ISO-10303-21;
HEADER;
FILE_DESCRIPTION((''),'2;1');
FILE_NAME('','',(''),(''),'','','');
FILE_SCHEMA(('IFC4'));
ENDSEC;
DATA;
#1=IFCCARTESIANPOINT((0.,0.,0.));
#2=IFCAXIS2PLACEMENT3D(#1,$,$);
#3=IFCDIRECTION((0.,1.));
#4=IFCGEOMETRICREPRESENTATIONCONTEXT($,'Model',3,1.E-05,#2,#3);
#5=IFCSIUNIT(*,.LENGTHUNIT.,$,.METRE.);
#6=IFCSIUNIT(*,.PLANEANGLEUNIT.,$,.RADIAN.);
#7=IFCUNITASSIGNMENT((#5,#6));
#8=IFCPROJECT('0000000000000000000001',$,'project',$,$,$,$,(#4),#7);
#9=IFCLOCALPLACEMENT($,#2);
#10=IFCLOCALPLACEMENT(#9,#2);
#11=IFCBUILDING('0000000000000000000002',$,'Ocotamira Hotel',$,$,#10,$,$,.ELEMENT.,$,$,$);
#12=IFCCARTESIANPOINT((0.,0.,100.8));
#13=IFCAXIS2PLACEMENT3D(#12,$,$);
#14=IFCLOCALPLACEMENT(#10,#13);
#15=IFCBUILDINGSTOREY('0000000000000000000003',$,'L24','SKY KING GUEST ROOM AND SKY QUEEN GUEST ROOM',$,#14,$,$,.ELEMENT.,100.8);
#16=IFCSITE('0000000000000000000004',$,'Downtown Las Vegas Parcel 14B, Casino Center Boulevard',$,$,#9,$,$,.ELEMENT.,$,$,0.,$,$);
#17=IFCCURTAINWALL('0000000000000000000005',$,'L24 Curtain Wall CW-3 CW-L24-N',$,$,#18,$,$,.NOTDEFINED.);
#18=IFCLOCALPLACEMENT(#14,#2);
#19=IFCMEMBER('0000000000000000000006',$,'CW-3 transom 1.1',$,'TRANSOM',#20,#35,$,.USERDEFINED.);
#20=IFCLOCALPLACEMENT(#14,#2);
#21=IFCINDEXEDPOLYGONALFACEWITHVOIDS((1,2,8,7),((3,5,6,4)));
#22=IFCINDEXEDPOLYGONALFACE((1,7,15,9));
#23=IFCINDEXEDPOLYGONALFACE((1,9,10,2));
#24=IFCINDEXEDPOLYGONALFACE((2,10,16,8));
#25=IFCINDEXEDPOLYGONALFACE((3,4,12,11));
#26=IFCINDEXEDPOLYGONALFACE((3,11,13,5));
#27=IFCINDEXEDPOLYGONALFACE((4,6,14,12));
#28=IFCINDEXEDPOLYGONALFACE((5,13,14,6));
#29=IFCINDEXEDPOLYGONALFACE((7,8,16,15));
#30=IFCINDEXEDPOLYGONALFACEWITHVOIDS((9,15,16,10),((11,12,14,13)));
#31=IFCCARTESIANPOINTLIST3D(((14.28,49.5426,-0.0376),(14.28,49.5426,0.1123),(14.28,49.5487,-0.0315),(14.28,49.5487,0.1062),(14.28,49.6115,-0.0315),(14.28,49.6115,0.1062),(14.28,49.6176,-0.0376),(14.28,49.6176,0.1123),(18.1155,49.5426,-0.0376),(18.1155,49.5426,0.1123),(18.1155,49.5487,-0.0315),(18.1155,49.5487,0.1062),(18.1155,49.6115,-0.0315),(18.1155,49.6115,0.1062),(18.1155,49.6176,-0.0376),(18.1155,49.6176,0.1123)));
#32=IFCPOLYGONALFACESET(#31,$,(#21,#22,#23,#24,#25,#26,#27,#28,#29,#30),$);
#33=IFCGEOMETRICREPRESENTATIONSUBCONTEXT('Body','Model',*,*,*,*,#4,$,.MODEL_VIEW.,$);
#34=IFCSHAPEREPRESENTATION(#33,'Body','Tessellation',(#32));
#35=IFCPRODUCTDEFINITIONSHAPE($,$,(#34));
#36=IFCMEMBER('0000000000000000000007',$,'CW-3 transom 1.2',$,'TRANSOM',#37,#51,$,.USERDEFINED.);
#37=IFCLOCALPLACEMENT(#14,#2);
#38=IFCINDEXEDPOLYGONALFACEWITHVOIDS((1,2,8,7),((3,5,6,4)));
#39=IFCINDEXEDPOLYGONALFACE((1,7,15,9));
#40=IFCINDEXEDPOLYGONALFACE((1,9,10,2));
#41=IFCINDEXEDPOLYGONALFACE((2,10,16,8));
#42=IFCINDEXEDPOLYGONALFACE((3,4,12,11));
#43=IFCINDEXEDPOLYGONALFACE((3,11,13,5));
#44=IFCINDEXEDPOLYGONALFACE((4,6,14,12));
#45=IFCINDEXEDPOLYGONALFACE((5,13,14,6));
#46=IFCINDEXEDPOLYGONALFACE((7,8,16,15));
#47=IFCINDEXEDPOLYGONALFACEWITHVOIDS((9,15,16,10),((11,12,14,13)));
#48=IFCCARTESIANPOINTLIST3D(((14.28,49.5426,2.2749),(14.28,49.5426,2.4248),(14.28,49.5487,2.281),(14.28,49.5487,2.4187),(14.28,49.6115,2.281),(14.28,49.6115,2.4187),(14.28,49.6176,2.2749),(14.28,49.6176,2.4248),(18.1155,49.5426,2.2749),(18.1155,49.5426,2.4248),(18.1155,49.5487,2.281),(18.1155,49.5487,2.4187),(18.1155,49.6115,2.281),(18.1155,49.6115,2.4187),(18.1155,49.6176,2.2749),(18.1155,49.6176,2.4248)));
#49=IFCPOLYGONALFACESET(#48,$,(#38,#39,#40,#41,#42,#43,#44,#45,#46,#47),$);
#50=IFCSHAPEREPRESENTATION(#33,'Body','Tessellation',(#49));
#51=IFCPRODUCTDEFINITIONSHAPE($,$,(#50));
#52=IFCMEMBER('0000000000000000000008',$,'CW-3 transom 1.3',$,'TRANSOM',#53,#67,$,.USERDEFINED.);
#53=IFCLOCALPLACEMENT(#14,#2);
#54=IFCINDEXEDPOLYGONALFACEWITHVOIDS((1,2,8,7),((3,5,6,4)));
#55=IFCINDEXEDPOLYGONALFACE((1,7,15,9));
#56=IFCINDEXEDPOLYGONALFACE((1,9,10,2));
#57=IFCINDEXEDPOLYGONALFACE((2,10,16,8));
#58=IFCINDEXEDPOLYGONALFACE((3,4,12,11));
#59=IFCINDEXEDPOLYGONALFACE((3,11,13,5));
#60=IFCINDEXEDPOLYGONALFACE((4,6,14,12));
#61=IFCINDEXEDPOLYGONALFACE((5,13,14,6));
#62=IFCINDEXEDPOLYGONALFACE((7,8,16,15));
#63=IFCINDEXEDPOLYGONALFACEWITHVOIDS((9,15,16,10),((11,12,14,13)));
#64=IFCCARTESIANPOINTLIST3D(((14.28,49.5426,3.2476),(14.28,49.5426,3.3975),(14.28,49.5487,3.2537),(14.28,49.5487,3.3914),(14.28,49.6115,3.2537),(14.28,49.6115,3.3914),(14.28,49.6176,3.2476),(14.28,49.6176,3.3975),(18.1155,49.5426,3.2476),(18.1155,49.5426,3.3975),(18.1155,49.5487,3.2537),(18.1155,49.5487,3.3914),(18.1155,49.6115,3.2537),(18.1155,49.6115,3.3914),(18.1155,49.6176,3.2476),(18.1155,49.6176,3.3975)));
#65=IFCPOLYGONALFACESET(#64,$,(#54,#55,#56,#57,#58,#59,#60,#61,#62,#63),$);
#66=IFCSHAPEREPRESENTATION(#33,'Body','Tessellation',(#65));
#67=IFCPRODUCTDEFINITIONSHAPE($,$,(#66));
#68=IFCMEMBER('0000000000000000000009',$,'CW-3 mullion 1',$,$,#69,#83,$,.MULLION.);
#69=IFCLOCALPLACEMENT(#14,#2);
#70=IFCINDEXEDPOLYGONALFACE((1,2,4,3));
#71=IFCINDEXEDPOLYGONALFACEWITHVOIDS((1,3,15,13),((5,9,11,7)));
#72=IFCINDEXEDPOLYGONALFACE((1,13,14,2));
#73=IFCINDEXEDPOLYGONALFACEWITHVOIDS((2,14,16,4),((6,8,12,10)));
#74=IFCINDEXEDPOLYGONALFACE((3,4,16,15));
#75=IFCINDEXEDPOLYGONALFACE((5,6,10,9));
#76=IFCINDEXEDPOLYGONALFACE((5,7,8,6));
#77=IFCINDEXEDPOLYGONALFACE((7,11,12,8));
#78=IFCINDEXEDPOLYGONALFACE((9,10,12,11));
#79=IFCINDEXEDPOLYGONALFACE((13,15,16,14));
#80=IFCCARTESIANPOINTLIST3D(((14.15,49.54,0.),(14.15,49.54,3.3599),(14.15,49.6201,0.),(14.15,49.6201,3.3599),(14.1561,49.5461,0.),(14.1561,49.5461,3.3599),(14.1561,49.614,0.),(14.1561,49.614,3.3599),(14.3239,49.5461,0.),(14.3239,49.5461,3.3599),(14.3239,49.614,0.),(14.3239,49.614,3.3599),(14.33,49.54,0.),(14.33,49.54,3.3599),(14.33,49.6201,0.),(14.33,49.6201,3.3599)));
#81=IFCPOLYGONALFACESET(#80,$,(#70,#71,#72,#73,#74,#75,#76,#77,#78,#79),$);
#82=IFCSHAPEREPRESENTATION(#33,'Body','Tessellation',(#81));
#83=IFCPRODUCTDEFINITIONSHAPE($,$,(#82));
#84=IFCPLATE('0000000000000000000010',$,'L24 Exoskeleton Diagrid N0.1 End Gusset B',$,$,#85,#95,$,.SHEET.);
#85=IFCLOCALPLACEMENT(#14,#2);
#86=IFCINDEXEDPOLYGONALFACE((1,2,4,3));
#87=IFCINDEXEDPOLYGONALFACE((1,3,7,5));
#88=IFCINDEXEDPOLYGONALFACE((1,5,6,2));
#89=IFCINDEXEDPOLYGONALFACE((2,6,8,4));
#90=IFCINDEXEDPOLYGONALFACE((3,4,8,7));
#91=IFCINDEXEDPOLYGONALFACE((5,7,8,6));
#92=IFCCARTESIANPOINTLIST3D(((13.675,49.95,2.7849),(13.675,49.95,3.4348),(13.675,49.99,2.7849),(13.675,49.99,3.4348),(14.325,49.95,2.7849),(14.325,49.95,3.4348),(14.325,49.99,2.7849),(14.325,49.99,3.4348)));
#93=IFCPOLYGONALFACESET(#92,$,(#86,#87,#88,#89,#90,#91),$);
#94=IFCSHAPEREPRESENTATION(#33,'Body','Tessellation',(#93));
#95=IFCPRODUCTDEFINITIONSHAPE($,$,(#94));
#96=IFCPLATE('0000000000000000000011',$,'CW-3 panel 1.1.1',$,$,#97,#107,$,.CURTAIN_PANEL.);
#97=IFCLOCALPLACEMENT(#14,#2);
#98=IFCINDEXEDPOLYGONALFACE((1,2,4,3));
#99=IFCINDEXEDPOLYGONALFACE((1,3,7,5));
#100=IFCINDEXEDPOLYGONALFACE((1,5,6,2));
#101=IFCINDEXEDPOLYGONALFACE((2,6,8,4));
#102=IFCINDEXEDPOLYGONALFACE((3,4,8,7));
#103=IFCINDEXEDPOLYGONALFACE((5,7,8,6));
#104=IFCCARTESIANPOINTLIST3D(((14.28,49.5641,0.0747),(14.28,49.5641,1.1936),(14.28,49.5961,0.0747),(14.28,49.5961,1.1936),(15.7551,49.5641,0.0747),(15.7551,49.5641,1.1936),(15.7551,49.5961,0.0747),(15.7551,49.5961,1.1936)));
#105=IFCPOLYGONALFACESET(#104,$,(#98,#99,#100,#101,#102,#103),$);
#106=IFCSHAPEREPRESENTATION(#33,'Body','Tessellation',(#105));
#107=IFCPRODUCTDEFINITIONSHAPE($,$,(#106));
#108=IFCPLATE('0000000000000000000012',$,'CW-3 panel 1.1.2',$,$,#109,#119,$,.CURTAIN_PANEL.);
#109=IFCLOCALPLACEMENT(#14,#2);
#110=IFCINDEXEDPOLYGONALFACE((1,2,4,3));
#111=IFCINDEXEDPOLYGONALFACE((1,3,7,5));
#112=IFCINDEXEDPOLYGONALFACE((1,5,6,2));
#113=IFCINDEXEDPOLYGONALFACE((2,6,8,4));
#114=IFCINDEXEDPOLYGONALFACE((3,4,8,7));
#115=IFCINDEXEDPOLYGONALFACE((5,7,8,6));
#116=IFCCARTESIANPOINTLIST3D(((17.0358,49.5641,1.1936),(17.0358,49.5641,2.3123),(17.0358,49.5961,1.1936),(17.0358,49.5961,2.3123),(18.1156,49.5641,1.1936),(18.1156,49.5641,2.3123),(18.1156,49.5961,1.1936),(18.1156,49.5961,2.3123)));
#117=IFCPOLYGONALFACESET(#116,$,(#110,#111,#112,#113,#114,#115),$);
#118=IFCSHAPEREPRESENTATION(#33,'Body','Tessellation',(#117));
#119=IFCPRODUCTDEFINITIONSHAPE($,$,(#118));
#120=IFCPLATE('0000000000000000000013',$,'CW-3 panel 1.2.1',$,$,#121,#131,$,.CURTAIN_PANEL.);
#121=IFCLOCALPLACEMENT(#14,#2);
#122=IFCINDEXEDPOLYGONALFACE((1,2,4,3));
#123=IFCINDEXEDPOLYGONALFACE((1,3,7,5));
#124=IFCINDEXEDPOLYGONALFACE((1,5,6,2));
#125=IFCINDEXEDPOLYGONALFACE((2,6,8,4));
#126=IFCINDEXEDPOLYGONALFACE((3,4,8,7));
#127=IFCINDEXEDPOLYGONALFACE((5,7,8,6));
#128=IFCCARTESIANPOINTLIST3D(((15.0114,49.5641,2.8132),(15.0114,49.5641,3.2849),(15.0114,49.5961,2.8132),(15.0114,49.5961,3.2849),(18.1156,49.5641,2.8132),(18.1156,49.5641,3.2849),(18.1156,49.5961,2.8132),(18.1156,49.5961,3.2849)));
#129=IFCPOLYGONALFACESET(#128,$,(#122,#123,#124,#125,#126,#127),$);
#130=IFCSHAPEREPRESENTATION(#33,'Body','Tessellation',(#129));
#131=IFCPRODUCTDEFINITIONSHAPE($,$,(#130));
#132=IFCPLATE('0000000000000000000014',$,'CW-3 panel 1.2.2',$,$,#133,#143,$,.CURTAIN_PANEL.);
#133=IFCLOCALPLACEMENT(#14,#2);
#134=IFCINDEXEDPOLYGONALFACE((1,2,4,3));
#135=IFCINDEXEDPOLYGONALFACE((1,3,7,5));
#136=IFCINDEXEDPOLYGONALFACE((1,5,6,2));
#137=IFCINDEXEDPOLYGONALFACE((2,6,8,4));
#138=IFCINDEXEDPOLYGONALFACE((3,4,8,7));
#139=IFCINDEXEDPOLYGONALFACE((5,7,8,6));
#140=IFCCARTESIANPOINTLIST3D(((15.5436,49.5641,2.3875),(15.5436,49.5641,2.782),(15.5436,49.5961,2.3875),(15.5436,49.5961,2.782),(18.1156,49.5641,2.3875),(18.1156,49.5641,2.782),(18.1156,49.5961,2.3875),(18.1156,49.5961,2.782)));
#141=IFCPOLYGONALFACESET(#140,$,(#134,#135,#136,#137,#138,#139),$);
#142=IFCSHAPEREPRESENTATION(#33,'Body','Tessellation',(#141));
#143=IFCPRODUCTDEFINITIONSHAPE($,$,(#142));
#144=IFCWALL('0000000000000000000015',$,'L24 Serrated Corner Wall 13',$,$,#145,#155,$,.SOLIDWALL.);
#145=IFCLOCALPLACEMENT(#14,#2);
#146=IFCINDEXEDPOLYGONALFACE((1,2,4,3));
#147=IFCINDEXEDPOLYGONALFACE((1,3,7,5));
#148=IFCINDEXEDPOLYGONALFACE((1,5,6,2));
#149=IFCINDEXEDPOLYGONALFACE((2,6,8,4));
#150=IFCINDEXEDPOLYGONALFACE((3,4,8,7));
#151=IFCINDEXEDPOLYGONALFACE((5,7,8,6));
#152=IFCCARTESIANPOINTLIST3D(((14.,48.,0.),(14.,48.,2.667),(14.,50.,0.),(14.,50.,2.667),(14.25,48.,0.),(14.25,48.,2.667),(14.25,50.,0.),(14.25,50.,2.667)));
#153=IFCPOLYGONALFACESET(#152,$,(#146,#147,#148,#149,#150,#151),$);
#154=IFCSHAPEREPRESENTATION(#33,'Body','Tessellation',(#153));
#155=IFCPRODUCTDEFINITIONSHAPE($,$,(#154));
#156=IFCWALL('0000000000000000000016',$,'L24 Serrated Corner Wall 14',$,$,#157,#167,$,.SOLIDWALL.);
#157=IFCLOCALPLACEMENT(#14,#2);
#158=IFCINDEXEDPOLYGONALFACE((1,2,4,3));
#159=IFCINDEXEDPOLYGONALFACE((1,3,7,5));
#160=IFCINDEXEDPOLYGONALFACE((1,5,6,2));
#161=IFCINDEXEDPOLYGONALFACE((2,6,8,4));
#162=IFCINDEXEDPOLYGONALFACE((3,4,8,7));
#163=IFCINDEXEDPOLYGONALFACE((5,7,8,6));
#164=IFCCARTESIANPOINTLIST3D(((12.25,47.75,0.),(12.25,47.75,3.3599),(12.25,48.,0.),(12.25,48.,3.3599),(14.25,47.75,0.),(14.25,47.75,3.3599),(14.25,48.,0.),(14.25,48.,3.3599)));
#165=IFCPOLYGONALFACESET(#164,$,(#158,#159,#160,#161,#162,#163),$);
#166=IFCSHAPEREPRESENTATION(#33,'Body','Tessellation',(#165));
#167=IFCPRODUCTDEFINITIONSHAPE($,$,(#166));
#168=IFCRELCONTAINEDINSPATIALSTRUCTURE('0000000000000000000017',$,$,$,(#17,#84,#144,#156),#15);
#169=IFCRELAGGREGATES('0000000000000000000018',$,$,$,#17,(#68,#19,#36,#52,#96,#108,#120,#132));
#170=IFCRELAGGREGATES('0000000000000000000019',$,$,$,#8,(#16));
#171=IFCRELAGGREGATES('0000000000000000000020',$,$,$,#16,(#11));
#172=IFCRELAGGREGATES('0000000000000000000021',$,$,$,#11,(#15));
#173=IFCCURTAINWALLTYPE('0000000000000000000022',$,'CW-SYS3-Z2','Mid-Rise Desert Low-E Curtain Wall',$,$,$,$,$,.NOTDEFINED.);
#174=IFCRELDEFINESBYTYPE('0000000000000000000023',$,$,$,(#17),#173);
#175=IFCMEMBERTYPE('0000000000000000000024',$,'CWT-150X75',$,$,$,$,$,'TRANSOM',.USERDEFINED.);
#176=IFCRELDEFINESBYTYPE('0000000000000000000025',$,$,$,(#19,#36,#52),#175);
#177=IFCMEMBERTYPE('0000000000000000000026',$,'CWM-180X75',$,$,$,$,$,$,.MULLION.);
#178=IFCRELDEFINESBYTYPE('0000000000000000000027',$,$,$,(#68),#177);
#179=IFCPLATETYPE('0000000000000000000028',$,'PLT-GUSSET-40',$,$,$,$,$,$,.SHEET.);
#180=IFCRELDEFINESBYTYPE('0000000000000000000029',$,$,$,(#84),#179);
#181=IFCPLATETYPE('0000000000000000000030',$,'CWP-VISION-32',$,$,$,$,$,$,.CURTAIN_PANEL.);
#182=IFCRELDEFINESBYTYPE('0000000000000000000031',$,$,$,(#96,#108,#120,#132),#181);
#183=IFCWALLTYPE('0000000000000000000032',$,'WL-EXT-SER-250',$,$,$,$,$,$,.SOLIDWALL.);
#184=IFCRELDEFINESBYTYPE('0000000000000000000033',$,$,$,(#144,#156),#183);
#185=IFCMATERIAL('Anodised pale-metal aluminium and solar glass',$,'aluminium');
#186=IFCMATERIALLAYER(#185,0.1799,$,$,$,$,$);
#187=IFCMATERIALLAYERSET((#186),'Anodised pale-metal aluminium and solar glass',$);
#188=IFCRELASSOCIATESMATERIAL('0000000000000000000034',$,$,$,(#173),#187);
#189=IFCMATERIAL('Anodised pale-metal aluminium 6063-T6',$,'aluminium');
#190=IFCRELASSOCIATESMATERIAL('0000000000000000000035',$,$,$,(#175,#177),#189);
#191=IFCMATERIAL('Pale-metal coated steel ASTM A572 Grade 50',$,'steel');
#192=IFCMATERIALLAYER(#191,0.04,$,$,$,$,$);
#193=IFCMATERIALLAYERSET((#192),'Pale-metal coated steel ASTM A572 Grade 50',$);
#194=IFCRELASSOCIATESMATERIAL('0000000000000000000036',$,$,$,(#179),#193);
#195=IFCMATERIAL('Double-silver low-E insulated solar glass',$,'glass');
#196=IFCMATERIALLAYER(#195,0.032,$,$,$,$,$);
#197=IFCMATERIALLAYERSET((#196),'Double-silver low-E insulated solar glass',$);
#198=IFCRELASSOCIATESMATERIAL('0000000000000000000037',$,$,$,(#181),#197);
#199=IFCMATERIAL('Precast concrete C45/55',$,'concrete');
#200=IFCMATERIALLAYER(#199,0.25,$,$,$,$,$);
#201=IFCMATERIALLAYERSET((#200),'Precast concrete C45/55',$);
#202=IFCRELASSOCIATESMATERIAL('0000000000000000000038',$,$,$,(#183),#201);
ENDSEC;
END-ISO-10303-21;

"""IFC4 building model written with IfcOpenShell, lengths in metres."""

from ifc_helpers import new_model, si_unit, direction, frame, frame_2d, origin, origin_2d, place, context, subcontext, project, spatial, rectangle, hollow_rectangle, extrude, source, transform, mapped, material, layer, layer_set, material_profile, profile_set, type_object, element, aggregate, save


model = new_model("IFC4")

# Units and contexts
model_context = context("Model", 3, precision=1e-05, world=origin(), true_north=direction((0.0, 1.0)))
body_context = subcontext(model_context, "Body", "Model", "MODEL_VIEW")
ifc_project = project(units=[si_unit("LENGTHUNIT", "METRE"), si_unit("PLANEANGLEUNIT", "RADIAN")], contexts=[model_context])

# Site, building, storey
site_placement = place(None, origin())
site = spatial("IfcSite", under=ifc_project, at=site_placement, Name="Downtown Las Vegas Parcel 14B, Casino Center Boulevard", CompositionType="ELEMENT", RefElevation=0.0)
building_placement = place(site_placement, origin())
building = spatial("IfcBuilding", under=site, at=building_placement, Name="Ocotamira Hotel", CompositionType="ELEMENT")
storey_placement = place(building_placement, frame((0.0, 0.0, 100.8)))
storey = spatial("IfcBuildingStorey", under=building, at=storey_placement, Name="L24", Description="SKY KING GUEST ROOM AND SKY QUEEN GUEST ROOM", CompositionType="ELEMENT", Elevation=100.8)

# Curtain wall, members
ifc_material_1 = material(Name="Anodised pale-metal aluminium and solar glass", Category="aluminium")
ifc_layer_1 = layer(ifc_material_1, 0.1799)
ifc_layer_set_1 = layer_set([ifc_layer_1], Name="Anodised pale-metal aluminium and solar glass")
curtain_wall_type = type_object("IfcCurtainWallType", Name="CW-SYS3-Z2", Description="Mid-Rise Desert Low-E Curtain Wall", PredefinedType="NOTDEFINED", material=ifc_layer_set_1)
curtain_wall_placement = place(storey_placement, origin())
curtain_wall = element("IfcCurtainWall", 1, at=curtain_wall_placement, inside=storey, type_object=curtain_wall_type, Name="L24 Curtain Wall CW-3 CW-L24-N", PredefinedType="NOTDEFINED")
ifc_material_2 = material(Name="Anodised pale-metal aluminium 6063-T6", Category="aluminium")
ifc_material_profile_1 = material_profile(ifc_material_2, hollow_rectangle(XDim=0.075, YDim=0.1499, WallThickness=0.0061, at=origin_2d()), Name="HSS150X75X6")
ifc_profile_set_1 = profile_set([ifc_material_profile_1], Name="Anodised pale-metal aluminium 6063-T6")
member_type_1 = type_object("IfcMemberType", Name="CWT-150X75", ElementType="TRANSOM", PredefinedType="USERDEFINED", material=ifc_profile_set_1)
shared_shape_1 = source(origin(), body_context, "Body", "SweptSolid", [
    extrude(hollow_rectangle(XDim=0.075, YDim=0.1499, WallThickness=0.0061, at=origin_2d()), origin(), (0.0, 0.0, 1.0), 3.8354),
])
member_1_placement = place(storey_placement, frame((14.28, 49.5801, 0.0374), z_axis=(1.0, 0.0, 0.0), x_axis=(0.0, 1.0, 0.0)))
member_1 = element("IfcMember", 2, at=member_1_placement, type_object=member_type_1, Name="CW-3 transom 1.1", ObjectType="TRANSOM", PredefinedType="USERDEFINED", context=body_context, shape_type="MappedRepresentation", body=[
    mapped(shared_shape_1, transform((0.0, 0.0, 0.0), scale=1.0)),
])
member_2_placement = place(storey_placement, frame((14.28, 49.5801, 2.3499), z_axis=(1.0, 0.0, 0.0), x_axis=(0.0, 1.0, 0.0)))
member_2 = element("IfcMember", 3, at=member_2_placement, type_object=member_type_1, Name="CW-3 transom 1.2", ObjectType="TRANSOM", PredefinedType="USERDEFINED", context=body_context, shape_type="MappedRepresentation", body=[
    mapped(shared_shape_1, transform((0.0, 0.0, 0.0), scale=1.0)),
])
member_3_placement = place(storey_placement, frame((14.28, 49.5801, 3.3225), z_axis=(1.0, 0.0, 0.0), x_axis=(0.0, 1.0, 0.0)))
member_3 = element("IfcMember", 4, at=member_3_placement, type_object=member_type_1, Name="CW-3 transom 1.3", ObjectType="TRANSOM", PredefinedType="USERDEFINED", context=body_context, shape_type="MappedRepresentation", body=[
    mapped(shared_shape_1, transform((0.0, 0.0, 0.0), scale=1.0)),
])
ifc_material_profile_2 = material_profile(ifc_material_2, hollow_rectangle(XDim=0.0801, YDim=0.1799, WallThickness=0.0061, at=origin_2d()), Name="HSS180X80X6")
ifc_profile_set_2 = profile_set([ifc_material_profile_2], Name="Anodised pale-metal aluminium 6063-T6")
member_type_2 = type_object("IfcMemberType", Name="CWM-180X75", PredefinedType="MULLION", material=ifc_profile_set_2)
shared_shape_2 = source(origin(), body_context, "Body", "SweptSolid", [
    extrude(hollow_rectangle(XDim=0.0801, YDim=0.1799, WallThickness=0.0061, at=origin_2d()), origin(), (0.0, 0.0, 1.0), 3.3599),
])
member_4_placement = place(storey_placement, frame((14.24, 49.5801, 0.0), z_axis=(0.0, 0.0, 1.0), x_axis=(0.0, 1.0, 0.0)))
member_4 = element("IfcMember", 5, at=member_4_placement, type_object=member_type_2, Name="CW-3 mullion 1", PredefinedType="MULLION", context=body_context, shape_type="MappedRepresentation", body=[
    mapped(shared_shape_2, transform((0.0, 0.0, 0.0), scale=1.0)),
])

# Plates
ifc_material_3 = material(Name="Pale-metal coated steel ASTM A572 Grade 50", Category="steel")
ifc_layer_2 = layer(ifc_material_3, 0.04)
ifc_layer_set_2 = layer_set([ifc_layer_2], Name="Pale-metal coated steel ASTM A572 Grade 50")
plate_type_1 = type_object("IfcPlateType", Name="PLT-GUSSET-40", PredefinedType="SHEET", material=ifc_layer_set_2)
shared_shape_3 = source(origin(), body_context, "Body", "SweptSolid", [
    extrude(rectangle(XDim=0.6499, YDim=0.04, at=origin_2d()), origin(), (0.0, 0.0, 1.0), 0.6499),
])
plate_1_placement = place(storey_placement, frame((14.0, 49.97, 2.7849), z_axis=(0.0, 0.0, 1.0), x_axis=(-1.0, 0.0, 0.0)))
element("IfcPlate", 6, at=plate_1_placement, inside=storey, type_object=plate_type_1, Name="L24 Exoskeleton Diagrid N0.1 End Gusset B", PredefinedType="SHEET", context=body_context, shape_type="MappedRepresentation", body=[
    mapped(shared_shape_3, transform((0.0, 0.0, 0.0), scale=1.0)),
])
ifc_material_4 = material(Name="Double-silver low-E insulated solar glass", Category="glass")
ifc_layer_3 = layer(ifc_material_4, 0.032)
ifc_layer_set_3 = layer_set([ifc_layer_3], Name="Double-silver low-E insulated solar glass")
plate_type_2 = type_object("IfcPlateType", Name="CWP-VISION-32", PredefinedType="CURTAIN_PANEL", material=ifc_layer_set_3)
shared_shape_4 = source(origin(), body_context, "Body", "SweptSolid", [
    extrude(rectangle(XDim=1.4751, YDim=0.032, at=origin_2d()), origin(), (0.0, 0.0, 1.0), 1.1189),
])
plate_2_placement = place(storey_placement, frame((15.0176, 49.5801, 0.0747), z_axis=(0.0, 0.0, 1.0), x_axis=(1.0, 0.0, 0.0)))
plate_2 = element("IfcPlate", 7, at=plate_2_placement, type_object=plate_type_2, Name="CW-3 panel 1.1.1", PredefinedType="CURTAIN_PANEL", context=body_context, shape_type="MappedRepresentation", body=[
    mapped(shared_shape_4, transform((0.0, 0.0, 0.0), scale=1.0)),
])
shared_shape_5 = source(origin(), body_context, "Body", "SweptSolid", [
    extrude(rectangle(XDim=1.0798, YDim=0.032, at=origin_2d()), origin(), (0.0, 0.0, 1.0), 1.1187),
])
plate_3_placement = place(storey_placement, frame((17.5757, 49.5801, 1.1936), z_axis=(0.0, 0.0, 1.0), x_axis=(1.0, 0.0, 0.0)))
plate_3 = element("IfcPlate", 8, at=plate_3_placement, type_object=plate_type_2, Name="CW-3 panel 1.1.2", PredefinedType="CURTAIN_PANEL", context=body_context, shape_type="MappedRepresentation", body=[
    mapped(shared_shape_5, transform((0.0, 0.0, 0.0), scale=1.0)),
])
shared_shape_6 = source(origin(), body_context, "Body", "SweptSolid", [
    extrude(rectangle(XDim=3.1042, YDim=0.032, at=origin_2d()), origin(), (0.0, 0.0, 1.0), 0.4717),
])
plate_4_placement = place(storey_placement, frame((16.5635, 49.5801, 2.8132), z_axis=(0.0, 0.0, 1.0), x_axis=(1.0, 0.0, 0.0)))
plate_4 = element("IfcPlate", 9, at=plate_4_placement, type_object=plate_type_2, Name="CW-3 panel 1.2.1", PredefinedType="CURTAIN_PANEL", context=body_context, shape_type="MappedRepresentation", body=[
    mapped(shared_shape_6, transform((0.0, 0.0, 0.0), scale=1.0)),
])
shared_shape_7 = source(origin(), body_context, "Body", "SweptSolid", [
    extrude(rectangle(XDim=2.572, YDim=0.032, at=origin_2d()), origin(), (0.0, 0.0, 1.0), 0.3945),
])
plate_5_placement = place(storey_placement, frame((16.8296, 49.5801, 2.3875), z_axis=(0.0, 0.0, 1.0), x_axis=(1.0, 0.0, 0.0)))
plate_5 = element("IfcPlate", 10, at=plate_5_placement, type_object=plate_type_2, Name="CW-3 panel 1.2.2", PredefinedType="CURTAIN_PANEL", context=body_context, shape_type="MappedRepresentation", body=[
    mapped(shared_shape_7, transform((0.0, 0.0, 0.0), scale=1.0)),
])
aggregate(curtain_wall, [member_4, member_1, member_2, member_3, plate_2, plate_3, plate_4, plate_5])

# Walls
ifc_material_5 = material(Name="Precast concrete C45/55", Category="concrete")
ifc_layer_4 = layer(ifc_material_5, 0.25)
ifc_layer_set_4 = layer_set([ifc_layer_4], Name="Precast concrete C45/55")
wall_type = type_object("IfcWallType", Name="WL-EXT-SER-250", PredefinedType="SOLIDWALL", material=ifc_layer_set_4)
wall_1_placement = place(storey_placement, frame((14.125, 50.0, 0.0), z_axis=(0.0, 0.0, 1.0), x_axis=(0.0, -1.0, 0.0)))
element("IfcWall", 11, at=wall_1_placement, inside=storey, type_object=wall_type, Name="L24 Serrated Corner Wall 13", PredefinedType="SOLIDWALL", context=body_context, shape_type="SweptSolid", body=[
    extrude(rectangle(XDim=2.0, YDim=0.25, at=frame_2d((1.0, 0.0))), origin(), (0.0, 0.0, 1.0), 2.667),
])
wall_2_placement = place(storey_placement, frame((14.25, 47.875, 0.0), z_axis=(0.0, 0.0, 1.0), x_axis=(-1.0, 0.0, 0.0)))
element("IfcWall", 12, at=wall_2_placement, inside=storey, type_object=wall_type, Name="L24 Serrated Corner Wall 14", PredefinedType="SOLIDWALL", context=body_context, shape_type="SweptSolid", body=[
    extrude(rectangle(XDim=2.0, YDim=0.25, at=frame_2d((1.0, 0.0))), origin(), (0.0, 0.0, 1.0), 3.3599),
])

save(model, "model.ifc")
